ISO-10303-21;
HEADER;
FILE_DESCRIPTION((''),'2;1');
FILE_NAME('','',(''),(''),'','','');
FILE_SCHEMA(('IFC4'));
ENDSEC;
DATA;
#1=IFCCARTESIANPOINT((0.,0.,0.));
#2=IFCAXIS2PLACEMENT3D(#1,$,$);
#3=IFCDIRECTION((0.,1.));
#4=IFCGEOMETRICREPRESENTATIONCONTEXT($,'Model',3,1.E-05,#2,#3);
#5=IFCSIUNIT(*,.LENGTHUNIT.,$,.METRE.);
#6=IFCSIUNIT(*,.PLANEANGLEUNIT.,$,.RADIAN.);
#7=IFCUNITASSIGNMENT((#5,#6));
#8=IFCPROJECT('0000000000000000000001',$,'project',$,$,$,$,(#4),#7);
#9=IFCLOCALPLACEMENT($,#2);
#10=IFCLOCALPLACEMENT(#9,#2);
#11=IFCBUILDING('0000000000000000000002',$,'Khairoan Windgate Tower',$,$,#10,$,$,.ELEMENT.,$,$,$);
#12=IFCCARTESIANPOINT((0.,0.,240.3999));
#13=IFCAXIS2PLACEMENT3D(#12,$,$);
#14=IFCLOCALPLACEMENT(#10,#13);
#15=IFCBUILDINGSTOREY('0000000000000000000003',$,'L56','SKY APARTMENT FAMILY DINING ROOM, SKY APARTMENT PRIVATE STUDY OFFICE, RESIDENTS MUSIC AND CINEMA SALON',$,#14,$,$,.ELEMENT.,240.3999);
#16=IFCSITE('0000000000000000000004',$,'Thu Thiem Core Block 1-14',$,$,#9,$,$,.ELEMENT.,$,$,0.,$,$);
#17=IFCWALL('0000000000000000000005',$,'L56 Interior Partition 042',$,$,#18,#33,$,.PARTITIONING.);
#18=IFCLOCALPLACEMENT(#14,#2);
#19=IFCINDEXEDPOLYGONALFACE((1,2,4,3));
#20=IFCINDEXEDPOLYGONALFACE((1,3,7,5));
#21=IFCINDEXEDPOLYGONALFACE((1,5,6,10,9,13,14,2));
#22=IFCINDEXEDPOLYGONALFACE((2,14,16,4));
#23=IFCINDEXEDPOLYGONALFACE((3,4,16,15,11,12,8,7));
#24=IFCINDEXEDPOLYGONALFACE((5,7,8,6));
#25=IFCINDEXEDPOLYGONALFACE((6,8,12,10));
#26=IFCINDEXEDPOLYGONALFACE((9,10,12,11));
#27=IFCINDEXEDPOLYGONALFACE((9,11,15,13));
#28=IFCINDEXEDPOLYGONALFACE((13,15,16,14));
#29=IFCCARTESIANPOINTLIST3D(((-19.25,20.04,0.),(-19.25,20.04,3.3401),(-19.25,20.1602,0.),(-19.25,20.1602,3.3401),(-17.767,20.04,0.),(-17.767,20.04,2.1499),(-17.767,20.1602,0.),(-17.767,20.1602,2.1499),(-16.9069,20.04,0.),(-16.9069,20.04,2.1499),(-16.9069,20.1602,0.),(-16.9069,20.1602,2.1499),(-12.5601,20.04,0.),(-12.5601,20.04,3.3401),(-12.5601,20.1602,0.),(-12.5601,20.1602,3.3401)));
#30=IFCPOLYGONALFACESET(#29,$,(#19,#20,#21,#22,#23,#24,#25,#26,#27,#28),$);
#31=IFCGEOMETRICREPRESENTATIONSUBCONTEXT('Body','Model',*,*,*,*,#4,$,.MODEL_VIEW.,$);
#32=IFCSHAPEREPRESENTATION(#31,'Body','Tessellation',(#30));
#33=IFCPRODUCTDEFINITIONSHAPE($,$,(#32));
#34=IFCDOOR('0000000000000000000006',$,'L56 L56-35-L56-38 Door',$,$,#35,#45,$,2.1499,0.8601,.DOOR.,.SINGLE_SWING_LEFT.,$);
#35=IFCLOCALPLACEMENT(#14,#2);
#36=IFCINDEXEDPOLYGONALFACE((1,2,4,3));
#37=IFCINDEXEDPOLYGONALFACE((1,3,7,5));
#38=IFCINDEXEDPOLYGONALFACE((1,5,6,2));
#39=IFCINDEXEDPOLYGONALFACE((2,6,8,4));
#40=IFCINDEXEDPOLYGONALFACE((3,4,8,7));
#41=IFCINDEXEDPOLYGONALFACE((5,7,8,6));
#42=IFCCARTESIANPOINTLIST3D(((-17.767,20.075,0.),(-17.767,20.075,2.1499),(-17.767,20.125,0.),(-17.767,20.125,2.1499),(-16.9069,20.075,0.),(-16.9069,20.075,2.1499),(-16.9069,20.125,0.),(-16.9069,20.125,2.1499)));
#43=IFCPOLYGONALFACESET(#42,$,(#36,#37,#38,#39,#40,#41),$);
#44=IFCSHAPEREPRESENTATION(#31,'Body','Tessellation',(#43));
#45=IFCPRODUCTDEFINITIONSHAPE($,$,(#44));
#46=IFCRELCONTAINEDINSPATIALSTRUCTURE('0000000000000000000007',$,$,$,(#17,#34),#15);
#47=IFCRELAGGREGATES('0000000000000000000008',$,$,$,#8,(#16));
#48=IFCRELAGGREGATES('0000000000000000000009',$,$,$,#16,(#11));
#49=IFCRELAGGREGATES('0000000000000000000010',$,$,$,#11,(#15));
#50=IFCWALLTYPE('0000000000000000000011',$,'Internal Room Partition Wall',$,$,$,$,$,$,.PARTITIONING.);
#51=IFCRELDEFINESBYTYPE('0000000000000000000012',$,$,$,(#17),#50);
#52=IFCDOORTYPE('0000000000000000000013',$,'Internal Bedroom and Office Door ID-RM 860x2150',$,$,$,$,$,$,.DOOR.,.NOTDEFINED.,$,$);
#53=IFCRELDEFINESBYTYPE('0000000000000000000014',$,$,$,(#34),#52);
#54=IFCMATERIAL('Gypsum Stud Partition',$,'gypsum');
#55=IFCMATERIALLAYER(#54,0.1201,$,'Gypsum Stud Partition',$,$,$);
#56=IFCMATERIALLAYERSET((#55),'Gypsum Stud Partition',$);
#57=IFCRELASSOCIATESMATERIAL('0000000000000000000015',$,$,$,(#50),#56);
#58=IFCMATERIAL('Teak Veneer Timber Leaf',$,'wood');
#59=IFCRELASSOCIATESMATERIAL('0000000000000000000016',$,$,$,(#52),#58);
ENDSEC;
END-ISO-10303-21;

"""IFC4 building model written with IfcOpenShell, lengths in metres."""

from ifc_helpers import new_model, si_unit, direction, frame, frame_2d, origin, place, context, subcontext, project, spatial, rectangle, extrude, material, layer, layer_set, type_object, element, fill, save


model = new_model("IFC4")

# Units and contexts
model_context = context("Model", 3, precision=1e-05, world=origin(), true_north=direction((0.0, 1.0)))
body_context = subcontext(model_context, "Body", "Model", "MODEL_VIEW")
ifc_project = project(units=[si_unit("LENGTHUNIT", "METRE"), si_unit("PLANEANGLEUNIT", "RADIAN")], contexts=[model_context])

# Site, building, storey
site_placement = place(None, origin())
site = spatial("IfcSite", under=ifc_project, at=site_placement, Name="Thu Thiem Core Block 1-14", CompositionType="ELEMENT", RefElevation=0.0)
building_placement = place(site_placement, origin())
building = spatial("IfcBuilding", under=site, at=building_placement, Name="Khairoan Windgate Tower", CompositionType="ELEMENT")
storey_placement = place(building_placement, frame((0.0, 0.0, 240.3999)))
storey = spatial("IfcBuildingStorey", under=building, at=storey_placement, Name="L56", Description="SKY APARTMENT FAMILY DINING ROOM, SKY APARTMENT PRIVATE STUDY OFFICE, RESIDENTS MUSIC AND CINEMA SALON", CompositionType="ELEMENT", Elevation=240.3999)

# Shared definitions
ifc_material_1 = material(Name="Gypsum Stud Partition", Category="gypsum")
ifc_layer_1 = layer(ifc_material_1, 0.1201, Name="Gypsum Stud Partition")
ifc_layer_set_1 = layer_set([ifc_layer_1], Name="Gypsum Stud Partition")
wall_type_1 = type_object("IfcWallType", Name="Internal Room Partition Wall", PredefinedType="PARTITIONING", material=ifc_layer_set_1)

# Wall, opening, door
wall_1_placement = place(storey_placement, frame((-19.25, 20.1001, 0.0), z_axis=(0.0, 0.0, 1.0), x_axis=(1.0, 0.0, 0.0)))
wall_1 = element("IfcWall", 1, at=wall_1_placement, inside=storey, type_object=wall_type_1, Name="L56 Interior Partition 042", PredefinedType="PARTITIONING", context=body_context, shape_type="SweptSolid", body=[
    extrude(rectangle(XDim=6.6899, YDim=0.1201, at=frame_2d((3.345, 0.0))), origin(), (0.0, 0.0, 1.0), 3.3401),
])
opening_1_placement = place(wall_1_placement, frame((1.4829, 0.0, 0.0)))
opening_1 = element("IfcOpeningElement", 2, at=opening_1_placement, cuts=wall_1, PredefinedType="OPENING", context=body_context, shape_type="SweptSolid", body=[
    extrude(rectangle(XDim=0.8601, YDim=2.1499, at=frame_2d((0.4302, 1.075))), frame((0.0, 0.0701, 0.0), z_axis=(0.0, -1.0, 0.0), x_axis=(1.0, 0.0, 0.0)), (0.0, 0.0, 1.0), 0.1401),
])
ifc_material_2 = material(Name="Teak Veneer Timber Leaf", Category="wood")
door_type_1 = type_object("IfcDoorType", Name="Internal Bedroom and Office Door ID-RM 860x2150", OperationType="NOTDEFINED", PredefinedType="DOOR", material=ifc_material_2)
door_1_placement = place(opening_1_placement, origin())
door_1 = element("IfcDoor", 3, at=door_1_placement, inside=storey, type_object=door_type_1, Name="L56 L56-35-L56-38 Door", OperationType="SINGLE_SWING_LEFT", OverallHeight=2.1499, OverallWidth=0.8601, PredefinedType="DOOR", context=body_context, shape_type="SweptSolid", body=[
    extrude(rectangle(XDim=0.8601, YDim=2.1499, at=frame_2d((0.4302, 1.075))), frame((0.0, 0.0249, 0.0), z_axis=(0.0, -1.0, 0.0), x_axis=(1.0, 0.0, 0.0)), (0.0, 0.0, 1.0), 0.05),
])
fill(opening_1, door_1)

save(model, "model.ifc")
